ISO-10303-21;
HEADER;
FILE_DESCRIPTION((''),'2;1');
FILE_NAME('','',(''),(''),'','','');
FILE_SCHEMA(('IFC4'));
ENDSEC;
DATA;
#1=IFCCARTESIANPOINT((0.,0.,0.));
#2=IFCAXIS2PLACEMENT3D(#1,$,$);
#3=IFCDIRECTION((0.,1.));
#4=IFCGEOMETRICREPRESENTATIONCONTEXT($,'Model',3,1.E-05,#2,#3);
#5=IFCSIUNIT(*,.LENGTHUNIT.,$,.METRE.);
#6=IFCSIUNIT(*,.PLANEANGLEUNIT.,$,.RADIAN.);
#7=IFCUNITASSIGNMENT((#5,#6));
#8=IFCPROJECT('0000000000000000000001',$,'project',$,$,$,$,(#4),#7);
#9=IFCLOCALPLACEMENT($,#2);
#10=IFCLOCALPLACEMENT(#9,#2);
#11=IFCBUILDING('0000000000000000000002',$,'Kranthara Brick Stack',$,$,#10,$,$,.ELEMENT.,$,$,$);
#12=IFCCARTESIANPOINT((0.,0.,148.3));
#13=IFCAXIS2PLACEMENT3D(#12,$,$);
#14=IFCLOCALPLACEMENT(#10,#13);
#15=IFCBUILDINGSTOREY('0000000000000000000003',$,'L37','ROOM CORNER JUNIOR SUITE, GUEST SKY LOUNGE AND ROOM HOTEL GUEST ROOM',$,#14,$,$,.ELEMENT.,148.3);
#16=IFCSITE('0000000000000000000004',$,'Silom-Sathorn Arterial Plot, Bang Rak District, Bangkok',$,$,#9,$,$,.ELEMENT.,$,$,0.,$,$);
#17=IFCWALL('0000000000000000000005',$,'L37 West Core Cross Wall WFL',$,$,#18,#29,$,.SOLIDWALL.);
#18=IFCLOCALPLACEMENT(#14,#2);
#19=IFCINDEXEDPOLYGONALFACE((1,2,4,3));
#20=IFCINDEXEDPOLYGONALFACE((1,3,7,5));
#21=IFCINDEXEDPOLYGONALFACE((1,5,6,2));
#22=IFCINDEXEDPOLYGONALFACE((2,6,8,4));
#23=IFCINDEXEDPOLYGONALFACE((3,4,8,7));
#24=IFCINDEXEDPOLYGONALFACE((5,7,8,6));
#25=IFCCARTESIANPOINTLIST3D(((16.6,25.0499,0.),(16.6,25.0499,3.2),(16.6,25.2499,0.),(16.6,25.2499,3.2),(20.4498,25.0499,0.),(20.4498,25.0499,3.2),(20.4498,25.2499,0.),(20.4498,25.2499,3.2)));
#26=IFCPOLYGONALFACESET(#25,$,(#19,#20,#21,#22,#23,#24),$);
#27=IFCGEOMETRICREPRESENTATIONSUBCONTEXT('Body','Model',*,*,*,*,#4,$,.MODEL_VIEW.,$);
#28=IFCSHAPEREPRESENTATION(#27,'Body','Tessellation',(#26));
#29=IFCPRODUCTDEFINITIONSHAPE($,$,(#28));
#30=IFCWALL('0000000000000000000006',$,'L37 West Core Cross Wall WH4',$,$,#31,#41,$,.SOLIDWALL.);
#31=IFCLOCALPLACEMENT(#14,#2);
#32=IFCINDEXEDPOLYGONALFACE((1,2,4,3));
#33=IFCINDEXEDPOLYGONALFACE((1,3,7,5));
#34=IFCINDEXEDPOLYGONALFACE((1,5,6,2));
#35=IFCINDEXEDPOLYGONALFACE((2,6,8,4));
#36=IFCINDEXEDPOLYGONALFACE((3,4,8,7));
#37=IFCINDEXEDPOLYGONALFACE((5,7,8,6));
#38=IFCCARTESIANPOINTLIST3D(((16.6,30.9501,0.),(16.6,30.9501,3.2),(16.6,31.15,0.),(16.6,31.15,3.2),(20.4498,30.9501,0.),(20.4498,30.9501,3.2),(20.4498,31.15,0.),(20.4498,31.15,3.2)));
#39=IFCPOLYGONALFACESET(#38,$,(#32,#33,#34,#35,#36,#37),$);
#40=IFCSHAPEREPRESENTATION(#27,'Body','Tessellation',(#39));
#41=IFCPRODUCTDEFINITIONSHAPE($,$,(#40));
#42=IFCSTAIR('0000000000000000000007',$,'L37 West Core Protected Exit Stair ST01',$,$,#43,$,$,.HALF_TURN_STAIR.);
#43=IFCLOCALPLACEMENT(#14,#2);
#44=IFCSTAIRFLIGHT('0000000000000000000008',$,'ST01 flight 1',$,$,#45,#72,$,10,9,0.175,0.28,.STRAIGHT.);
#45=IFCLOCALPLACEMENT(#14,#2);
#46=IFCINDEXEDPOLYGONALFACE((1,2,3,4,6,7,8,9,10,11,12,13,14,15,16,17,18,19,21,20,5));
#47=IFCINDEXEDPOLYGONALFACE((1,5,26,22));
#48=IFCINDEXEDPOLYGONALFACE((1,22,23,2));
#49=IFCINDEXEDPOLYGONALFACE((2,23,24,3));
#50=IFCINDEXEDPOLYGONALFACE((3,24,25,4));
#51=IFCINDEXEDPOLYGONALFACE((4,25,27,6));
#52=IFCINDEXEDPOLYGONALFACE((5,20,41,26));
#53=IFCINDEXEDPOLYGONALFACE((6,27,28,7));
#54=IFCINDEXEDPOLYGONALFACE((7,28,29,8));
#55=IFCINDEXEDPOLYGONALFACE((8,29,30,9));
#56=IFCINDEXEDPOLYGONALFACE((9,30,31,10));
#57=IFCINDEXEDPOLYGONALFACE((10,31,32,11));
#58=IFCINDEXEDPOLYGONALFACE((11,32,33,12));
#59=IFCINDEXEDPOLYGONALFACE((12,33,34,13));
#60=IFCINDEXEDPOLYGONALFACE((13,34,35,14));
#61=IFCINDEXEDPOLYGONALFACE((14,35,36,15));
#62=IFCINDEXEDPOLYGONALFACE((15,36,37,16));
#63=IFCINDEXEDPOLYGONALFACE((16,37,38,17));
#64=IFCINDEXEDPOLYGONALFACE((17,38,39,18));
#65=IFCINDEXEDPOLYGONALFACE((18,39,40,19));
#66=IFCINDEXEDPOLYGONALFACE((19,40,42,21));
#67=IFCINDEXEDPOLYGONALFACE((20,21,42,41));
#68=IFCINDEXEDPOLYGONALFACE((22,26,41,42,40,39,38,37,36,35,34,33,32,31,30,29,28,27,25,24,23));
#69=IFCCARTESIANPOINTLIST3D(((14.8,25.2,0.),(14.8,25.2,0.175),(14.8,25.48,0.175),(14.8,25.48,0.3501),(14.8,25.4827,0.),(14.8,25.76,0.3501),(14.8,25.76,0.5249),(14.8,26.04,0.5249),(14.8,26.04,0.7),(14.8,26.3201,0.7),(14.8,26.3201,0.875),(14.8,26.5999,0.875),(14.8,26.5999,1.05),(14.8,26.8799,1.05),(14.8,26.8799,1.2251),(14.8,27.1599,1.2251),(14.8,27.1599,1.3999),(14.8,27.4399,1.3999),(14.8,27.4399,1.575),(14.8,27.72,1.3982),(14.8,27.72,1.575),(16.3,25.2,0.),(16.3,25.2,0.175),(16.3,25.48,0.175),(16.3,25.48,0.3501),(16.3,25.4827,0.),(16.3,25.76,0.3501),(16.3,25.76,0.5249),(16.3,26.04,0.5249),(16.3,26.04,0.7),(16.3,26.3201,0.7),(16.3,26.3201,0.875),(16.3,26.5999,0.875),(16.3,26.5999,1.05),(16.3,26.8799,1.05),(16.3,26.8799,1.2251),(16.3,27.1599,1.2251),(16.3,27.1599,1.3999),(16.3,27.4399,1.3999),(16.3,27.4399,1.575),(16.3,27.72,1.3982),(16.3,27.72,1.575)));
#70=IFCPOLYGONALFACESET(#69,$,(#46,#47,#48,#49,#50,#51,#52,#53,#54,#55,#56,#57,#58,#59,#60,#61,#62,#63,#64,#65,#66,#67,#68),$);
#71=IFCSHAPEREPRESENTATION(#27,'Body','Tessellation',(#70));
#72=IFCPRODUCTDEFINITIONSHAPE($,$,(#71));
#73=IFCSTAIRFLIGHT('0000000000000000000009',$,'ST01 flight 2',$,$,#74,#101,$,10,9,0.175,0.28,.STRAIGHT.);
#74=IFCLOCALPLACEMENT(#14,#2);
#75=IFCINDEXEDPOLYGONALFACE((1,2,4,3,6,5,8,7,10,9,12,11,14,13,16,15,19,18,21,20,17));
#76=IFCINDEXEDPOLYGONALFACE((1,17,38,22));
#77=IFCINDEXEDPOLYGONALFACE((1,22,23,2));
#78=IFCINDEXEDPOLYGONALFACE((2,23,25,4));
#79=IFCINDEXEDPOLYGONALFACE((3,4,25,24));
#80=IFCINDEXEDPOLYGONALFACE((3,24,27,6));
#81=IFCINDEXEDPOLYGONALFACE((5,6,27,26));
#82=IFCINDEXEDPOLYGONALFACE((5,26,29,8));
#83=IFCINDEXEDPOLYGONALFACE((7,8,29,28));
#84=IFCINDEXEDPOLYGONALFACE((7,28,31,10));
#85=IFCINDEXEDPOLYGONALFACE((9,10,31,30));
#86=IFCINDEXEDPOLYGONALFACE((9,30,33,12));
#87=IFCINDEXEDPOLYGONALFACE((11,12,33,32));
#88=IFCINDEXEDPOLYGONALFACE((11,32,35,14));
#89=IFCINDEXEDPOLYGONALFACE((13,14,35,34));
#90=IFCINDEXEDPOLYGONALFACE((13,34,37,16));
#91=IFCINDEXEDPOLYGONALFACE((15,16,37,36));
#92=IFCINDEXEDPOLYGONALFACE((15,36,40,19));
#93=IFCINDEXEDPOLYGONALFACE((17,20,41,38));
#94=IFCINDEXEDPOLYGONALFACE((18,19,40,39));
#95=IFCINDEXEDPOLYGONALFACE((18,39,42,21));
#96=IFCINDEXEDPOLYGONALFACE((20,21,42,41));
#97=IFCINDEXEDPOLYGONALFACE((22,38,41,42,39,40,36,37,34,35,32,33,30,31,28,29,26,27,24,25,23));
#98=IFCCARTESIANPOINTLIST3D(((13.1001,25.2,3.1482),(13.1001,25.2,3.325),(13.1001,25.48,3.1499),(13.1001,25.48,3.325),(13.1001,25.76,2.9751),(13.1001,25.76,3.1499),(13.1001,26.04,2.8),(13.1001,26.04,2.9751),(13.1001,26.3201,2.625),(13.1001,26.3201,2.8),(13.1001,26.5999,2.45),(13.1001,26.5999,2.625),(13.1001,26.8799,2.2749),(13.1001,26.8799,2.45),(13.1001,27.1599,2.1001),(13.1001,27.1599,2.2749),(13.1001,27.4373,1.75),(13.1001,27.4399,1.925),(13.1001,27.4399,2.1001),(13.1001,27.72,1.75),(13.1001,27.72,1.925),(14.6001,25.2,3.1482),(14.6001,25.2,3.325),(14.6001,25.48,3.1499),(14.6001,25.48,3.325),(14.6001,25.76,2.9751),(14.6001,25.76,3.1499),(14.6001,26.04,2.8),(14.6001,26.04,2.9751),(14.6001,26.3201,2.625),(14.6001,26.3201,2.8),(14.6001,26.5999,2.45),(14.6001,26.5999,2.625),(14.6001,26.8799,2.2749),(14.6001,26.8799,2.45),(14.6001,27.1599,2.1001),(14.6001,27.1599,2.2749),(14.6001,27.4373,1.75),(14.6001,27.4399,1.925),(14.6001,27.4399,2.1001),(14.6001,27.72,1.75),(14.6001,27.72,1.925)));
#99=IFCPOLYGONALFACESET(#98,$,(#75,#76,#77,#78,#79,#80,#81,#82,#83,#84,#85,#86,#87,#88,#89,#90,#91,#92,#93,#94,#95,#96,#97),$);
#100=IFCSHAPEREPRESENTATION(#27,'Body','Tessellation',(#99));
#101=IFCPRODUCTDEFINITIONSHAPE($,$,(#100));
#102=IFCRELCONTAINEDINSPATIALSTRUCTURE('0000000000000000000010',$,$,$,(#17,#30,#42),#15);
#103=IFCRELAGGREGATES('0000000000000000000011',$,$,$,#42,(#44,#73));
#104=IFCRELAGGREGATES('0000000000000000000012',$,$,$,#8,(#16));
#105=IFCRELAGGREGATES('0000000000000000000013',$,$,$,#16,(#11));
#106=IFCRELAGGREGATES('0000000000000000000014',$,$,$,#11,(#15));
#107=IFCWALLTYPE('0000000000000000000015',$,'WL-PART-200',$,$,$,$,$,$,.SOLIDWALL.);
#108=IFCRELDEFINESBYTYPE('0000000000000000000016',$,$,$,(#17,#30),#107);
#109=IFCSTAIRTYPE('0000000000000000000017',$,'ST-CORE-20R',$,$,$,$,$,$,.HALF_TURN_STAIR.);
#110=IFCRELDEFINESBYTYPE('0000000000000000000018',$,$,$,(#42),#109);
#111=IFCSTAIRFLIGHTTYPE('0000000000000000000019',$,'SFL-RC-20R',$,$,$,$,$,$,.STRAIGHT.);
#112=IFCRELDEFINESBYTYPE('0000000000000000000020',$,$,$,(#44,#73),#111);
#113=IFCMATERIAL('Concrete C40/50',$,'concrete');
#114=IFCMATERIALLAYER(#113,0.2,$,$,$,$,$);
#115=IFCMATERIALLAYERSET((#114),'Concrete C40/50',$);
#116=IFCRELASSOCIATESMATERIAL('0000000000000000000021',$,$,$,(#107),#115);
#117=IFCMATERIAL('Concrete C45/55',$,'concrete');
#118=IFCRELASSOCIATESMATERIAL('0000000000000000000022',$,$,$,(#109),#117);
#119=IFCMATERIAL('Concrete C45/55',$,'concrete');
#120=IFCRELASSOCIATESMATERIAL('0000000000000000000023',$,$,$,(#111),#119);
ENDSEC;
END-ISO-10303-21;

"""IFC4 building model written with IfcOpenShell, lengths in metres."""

from ifc_helpers import new_model, si_unit, direction, frame, frame_2d, origin, place, context, subcontext, project, spatial, polyline, rectangle, outline, extrude, material, layer, layer_set, type_object, element, aggregate, save


model = new_model("IFC4")

# Units and contexts
model_context = context("Model", 3, precision=1e-05, world=origin(), true_north=direction((0.0, 1.0)))
body_context = subcontext(model_context, "Body", "Model", "MODEL_VIEW")
ifc_project = project(units=[si_unit("LENGTHUNIT", "METRE"), si_unit("PLANEANGLEUNIT", "RADIAN")], contexts=[model_context])

# Site, building, storey
site_placement = place(None, origin())
site = spatial("IfcSite", under=ifc_project, at=site_placement, Name="Silom-Sathorn Arterial Plot, Bang Rak District, Bangkok", CompositionType="ELEMENT", RefElevation=0.0)
building_placement = place(site_placement, origin())
building = spatial("IfcBuilding", under=site, at=building_placement, Name="Kranthara Brick Stack", CompositionType="ELEMENT")
storey_placement = place(building_placement, frame((0.0, 0.0, 148.3)))
storey = spatial("IfcBuildingStorey", under=building, at=storey_placement, Name="L37", Description="ROOM CORNER JUNIOR SUITE, GUEST SKY LOUNGE AND ROOM HOTEL GUEST ROOM", CompositionType="ELEMENT", Elevation=148.3)

# Walls
ifc_material_1 = material(Name="Concrete C40/50", Category="concrete")
ifc_layer_1 = layer(ifc_material_1, 0.2)
ifc_layer_set_1 = layer_set([ifc_layer_1], Name="Concrete C40/50")
wall_type_1 = type_object("IfcWallType", Name="WL-PART-200", PredefinedType="SOLIDWALL", material=ifc_layer_set_1)
for number, where, z_axis, x_axis, name in (
    (1, (16.6001, 25.1499, 0.0), (0.0, 0.0, 1.0), (1.0, 0.0, 0.0), "L37 West Core Cross Wall WFL"),
    (2, (16.6001, 31.05, 0.0), (0.0, 0.0, 1.0), (1.0, 0.0, 0.0), "L37 West Core Cross Wall WH4"),
):
    element("IfcWall", number, at=place(storey_placement, frame(where, z_axis=z_axis, x_axis=x_axis)), inside=storey, type_object=wall_type_1, Name=name, PredefinedType="SOLIDWALL", context=body_context, shape_type="SweptSolid", body=[
        extrude(rectangle(XDim=3.8499, YDim=0.2, at=frame_2d((1.9248, 0.0))), origin(), (0.0, 0.0, 1.0), 3.2),
    ])

# Stair, stair flights
ifc_material_2 = material(Name="Concrete C45/55", Category="concrete")
stair_type = type_object("IfcStairType", Name="ST-CORE-20R", PredefinedType="HALF_TURN_STAIR", material=ifc_material_2)
stair_placement = place(storey_placement, origin())
stair = element("IfcStair", 3, at=stair_placement, inside=storey, type_object=stair_type, Name="L37 West Core Protected Exit Stair ST01", PredefinedType="HALF_TURN_STAIR")
ifc_material_3 = material(Name="Concrete C45/55", Category="concrete")
stair_flight_type = type_object("IfcStairFlightType", Name="SFL-RC-20R", PredefinedType="STRAIGHT", material=ifc_material_3)
stair_flight_1_placement = place(storey_placement, frame((15.55, 25.2, 0.0), z_axis=(0.0, 0.0, 1.0), x_axis=(0.0, 1.0, 0.0)))
stair_flight_1 = element("IfcStairFlight", 4, at=stair_flight_1_placement, type_object=stair_flight_type, Name="ST01 flight 1", NumberOfRisers=10, NumberOfTreads=9, PredefinedType="STRAIGHT", RiserHeight=0.175, TreadLength=0.28, context=body_context, shape_type="SweptSolid", body=[
    extrude(outline(polyline([(0.0, 0.0), (0.0, 0.175), (0.28, 0.175), (0.28, 0.3501), (0.5601, 0.3501), (0.5601, 0.5249), (0.8401, 0.5249), (0.8401, 0.7), (1.1201, 0.7), (1.1201, 0.875), (1.3999, 0.875), (1.3999, 1.05), (1.6799, 1.05), (1.6799, 1.2251), (1.96, 1.2251), (1.96, 1.3999), (2.24, 1.3999), (2.24, 1.575), (2.52, 1.575), (2.52, 1.75), (2.52, 1.3982), (0.2827, 0.0), (0.0, 0.0)])), frame((0.0, 0.75, 0.0), z_axis=(0.0, -1.0, 0.0), x_axis=(1.0, 0.0, 0.0)), (0.0, 0.0, 1.0), 1.5),
])
stair_flight_2_placement = place(storey_placement, frame((13.8501, 27.72, 1.75), z_axis=(0.0, 0.0, 1.0), x_axis=(0.0, -1.0, 0.0)))
stair_flight_2 = element("IfcStairFlight", 5, at=stair_flight_2_placement, type_object=stair_flight_type, Name="ST01 flight 2", NumberOfRisers=10, NumberOfTreads=9, PredefinedType="STRAIGHT", RiserHeight=0.175, TreadLength=0.28, context=body_context, shape_type="SweptSolid", body=[
    extrude(outline(polyline([(0.0, 0.0), (0.0, 0.175), (0.28, 0.175), (0.28, 0.3501), (0.5601, 0.3501), (0.5601, 0.5249), (0.8401, 0.5249), (0.8401, 0.7), (1.1201, 0.7), (1.1201, 0.875), (1.3999, 0.875), (1.3999, 1.05), (1.6799, 1.05), (1.6799, 1.2251), (1.96, 1.2251), (1.96, 1.3999), (2.24, 1.3999), (2.24, 1.575), (2.52, 1.575), (2.52, 1.75), (2.52, 1.3982), (0.2827, 0.0), (0.0, 0.0)])), frame((0.0, 0.75, 0.0), z_axis=(0.0, -1.0, 0.0), x_axis=(1.0, 0.0, 0.0)), (0.0, 0.0, 1.0), 1.5),
])
aggregate(stair, [stair_flight_1, stair_flight_2])

save(model, "model.ifc")
